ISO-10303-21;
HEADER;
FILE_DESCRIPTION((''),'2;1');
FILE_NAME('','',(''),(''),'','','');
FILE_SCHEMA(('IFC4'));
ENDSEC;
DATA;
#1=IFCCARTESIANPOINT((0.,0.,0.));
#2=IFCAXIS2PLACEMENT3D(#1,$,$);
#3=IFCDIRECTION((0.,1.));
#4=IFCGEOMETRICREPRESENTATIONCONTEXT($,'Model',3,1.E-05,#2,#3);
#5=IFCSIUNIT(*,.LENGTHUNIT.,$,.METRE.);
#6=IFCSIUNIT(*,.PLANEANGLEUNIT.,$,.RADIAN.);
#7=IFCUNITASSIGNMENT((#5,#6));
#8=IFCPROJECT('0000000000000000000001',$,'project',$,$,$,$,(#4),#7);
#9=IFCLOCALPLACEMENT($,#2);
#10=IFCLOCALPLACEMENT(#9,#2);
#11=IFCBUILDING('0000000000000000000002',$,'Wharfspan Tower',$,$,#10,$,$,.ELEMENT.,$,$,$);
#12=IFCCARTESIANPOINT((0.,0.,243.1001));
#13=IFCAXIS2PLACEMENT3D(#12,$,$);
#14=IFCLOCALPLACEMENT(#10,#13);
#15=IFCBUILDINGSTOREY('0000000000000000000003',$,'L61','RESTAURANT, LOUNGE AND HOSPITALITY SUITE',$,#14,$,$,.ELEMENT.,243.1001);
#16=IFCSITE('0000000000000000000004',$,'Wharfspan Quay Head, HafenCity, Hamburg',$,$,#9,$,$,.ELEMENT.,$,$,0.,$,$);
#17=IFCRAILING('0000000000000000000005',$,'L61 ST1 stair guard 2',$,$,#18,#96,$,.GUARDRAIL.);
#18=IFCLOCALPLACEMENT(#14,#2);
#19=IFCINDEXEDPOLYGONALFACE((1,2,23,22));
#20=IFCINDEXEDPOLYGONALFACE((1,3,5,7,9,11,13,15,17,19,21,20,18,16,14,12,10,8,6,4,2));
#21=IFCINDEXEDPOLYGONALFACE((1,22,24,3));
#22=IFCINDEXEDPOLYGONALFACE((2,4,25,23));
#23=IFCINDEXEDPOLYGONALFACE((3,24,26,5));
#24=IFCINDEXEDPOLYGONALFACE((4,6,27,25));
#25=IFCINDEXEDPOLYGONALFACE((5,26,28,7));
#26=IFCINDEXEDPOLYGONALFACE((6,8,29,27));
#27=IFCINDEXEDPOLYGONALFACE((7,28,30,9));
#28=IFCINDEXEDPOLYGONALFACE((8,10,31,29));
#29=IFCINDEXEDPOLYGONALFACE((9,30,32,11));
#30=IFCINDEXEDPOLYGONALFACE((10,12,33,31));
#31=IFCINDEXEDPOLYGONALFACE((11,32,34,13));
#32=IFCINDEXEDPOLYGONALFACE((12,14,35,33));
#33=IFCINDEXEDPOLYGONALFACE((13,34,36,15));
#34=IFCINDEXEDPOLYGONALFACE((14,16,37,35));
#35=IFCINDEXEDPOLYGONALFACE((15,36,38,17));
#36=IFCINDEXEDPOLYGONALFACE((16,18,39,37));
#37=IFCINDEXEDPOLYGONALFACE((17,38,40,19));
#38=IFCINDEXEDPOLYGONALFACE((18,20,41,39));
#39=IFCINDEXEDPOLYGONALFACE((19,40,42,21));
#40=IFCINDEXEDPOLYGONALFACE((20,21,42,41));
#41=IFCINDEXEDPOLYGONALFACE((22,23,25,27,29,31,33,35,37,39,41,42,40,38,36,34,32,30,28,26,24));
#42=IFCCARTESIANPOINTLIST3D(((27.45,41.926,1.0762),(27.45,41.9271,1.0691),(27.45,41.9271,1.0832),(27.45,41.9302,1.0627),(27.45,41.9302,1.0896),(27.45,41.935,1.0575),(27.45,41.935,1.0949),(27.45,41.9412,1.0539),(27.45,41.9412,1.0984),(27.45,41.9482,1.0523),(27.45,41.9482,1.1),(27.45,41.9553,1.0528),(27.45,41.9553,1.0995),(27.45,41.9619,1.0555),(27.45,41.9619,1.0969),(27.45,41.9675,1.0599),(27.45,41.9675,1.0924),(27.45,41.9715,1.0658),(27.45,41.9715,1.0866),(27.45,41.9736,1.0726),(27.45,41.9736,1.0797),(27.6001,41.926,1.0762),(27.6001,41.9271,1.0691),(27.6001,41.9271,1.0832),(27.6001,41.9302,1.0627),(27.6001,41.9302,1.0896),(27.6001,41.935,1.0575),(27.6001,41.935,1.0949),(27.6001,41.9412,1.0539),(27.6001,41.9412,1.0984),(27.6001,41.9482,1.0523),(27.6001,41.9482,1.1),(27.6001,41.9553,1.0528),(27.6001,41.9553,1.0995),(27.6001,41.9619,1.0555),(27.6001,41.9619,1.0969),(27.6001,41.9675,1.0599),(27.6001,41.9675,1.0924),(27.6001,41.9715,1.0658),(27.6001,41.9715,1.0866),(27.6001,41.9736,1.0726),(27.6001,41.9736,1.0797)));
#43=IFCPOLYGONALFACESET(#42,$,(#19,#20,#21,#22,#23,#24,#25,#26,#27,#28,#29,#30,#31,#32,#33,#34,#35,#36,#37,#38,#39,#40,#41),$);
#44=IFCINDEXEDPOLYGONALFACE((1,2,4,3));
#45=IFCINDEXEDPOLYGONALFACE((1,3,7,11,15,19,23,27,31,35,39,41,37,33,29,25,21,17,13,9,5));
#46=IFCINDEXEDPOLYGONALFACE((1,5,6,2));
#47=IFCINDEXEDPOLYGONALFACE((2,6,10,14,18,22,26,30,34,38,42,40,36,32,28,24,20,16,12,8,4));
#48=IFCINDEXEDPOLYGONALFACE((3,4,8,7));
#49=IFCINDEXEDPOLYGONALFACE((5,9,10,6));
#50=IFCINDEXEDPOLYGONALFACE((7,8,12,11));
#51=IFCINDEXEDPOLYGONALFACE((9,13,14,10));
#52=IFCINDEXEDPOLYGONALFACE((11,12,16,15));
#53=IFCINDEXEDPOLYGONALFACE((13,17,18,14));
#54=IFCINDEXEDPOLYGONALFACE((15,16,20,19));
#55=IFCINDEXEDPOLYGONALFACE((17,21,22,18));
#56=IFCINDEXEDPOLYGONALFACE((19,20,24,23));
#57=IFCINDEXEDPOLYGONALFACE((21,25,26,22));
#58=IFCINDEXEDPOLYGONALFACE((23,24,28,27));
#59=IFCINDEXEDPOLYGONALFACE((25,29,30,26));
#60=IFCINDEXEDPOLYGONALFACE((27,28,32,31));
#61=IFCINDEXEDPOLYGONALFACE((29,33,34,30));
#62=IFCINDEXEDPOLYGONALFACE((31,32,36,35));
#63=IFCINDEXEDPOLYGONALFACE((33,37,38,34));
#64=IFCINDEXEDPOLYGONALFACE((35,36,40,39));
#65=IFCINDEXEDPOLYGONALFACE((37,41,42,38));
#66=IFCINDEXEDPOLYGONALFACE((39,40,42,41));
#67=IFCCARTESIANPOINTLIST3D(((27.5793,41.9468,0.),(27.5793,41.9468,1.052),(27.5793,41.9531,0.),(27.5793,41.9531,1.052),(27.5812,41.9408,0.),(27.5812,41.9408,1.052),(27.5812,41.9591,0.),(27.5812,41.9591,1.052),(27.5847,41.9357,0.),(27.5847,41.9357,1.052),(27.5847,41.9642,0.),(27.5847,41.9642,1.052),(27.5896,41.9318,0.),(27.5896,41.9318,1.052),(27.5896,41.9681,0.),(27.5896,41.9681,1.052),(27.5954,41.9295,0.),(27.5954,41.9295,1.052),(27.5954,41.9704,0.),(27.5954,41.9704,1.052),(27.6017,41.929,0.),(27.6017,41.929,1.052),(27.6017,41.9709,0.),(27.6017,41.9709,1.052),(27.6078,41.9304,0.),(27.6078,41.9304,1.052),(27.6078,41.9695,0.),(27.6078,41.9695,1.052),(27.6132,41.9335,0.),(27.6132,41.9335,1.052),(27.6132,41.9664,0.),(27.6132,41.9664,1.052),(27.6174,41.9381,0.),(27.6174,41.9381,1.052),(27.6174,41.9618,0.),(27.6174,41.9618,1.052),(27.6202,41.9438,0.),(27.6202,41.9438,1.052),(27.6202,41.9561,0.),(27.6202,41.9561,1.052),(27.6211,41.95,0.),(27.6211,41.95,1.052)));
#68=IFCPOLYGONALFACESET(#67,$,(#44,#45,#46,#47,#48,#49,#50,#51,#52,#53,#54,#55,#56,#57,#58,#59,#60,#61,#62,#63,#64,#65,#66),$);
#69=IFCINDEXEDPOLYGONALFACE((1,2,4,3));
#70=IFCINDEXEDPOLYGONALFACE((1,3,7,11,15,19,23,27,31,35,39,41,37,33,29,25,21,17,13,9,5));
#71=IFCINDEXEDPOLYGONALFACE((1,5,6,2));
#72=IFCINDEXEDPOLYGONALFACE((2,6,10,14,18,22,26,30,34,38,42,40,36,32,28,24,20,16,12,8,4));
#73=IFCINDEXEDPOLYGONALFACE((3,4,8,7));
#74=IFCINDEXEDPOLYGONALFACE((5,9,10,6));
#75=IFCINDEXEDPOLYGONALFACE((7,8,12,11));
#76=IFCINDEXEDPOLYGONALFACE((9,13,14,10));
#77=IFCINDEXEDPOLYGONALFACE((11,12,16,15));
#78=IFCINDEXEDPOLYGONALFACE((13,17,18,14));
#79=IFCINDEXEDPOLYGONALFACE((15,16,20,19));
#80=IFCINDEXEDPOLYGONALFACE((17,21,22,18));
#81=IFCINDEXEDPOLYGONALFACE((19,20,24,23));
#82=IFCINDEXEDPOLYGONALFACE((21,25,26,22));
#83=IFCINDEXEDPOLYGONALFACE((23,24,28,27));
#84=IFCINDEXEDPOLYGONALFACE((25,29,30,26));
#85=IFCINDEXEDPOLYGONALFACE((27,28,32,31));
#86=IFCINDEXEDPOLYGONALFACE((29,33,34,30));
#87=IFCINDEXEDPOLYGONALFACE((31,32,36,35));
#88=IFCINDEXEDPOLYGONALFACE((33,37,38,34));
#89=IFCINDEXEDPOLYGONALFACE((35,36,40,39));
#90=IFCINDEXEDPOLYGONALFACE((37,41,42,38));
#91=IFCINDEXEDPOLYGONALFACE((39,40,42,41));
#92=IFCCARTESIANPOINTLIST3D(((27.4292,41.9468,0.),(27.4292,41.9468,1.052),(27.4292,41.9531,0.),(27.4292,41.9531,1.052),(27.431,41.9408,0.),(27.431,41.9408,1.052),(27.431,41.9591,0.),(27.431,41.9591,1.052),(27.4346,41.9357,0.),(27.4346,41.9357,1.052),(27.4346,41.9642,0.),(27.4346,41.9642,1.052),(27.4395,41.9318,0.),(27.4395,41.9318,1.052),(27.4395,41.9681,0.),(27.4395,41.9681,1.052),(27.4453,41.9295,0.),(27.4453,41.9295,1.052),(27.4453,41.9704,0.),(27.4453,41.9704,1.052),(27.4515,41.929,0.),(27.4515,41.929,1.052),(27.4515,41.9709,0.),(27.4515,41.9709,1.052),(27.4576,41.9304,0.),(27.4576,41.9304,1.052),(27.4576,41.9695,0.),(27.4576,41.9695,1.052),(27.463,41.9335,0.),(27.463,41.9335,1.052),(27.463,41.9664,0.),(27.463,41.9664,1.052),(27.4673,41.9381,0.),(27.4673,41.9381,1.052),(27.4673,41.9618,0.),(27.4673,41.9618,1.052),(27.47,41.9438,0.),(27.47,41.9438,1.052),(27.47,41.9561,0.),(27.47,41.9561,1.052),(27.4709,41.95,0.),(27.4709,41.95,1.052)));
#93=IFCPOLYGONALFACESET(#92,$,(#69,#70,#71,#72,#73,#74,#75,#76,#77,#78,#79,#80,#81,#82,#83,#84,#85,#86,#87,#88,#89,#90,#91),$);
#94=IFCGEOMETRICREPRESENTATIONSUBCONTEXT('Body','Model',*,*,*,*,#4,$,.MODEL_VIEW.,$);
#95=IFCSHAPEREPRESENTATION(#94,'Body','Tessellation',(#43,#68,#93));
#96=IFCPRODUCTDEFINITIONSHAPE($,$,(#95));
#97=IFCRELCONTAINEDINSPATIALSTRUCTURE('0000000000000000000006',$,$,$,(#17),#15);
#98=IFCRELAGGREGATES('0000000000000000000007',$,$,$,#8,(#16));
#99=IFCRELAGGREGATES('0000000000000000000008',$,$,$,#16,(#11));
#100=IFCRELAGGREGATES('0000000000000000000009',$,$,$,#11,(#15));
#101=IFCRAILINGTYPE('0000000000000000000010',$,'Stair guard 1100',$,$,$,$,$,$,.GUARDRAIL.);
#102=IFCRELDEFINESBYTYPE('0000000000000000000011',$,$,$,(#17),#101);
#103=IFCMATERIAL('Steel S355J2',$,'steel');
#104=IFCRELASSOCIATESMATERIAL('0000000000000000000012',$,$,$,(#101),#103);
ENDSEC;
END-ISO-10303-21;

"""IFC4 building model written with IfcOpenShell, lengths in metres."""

from ifc_helpers import new_model, si_unit, direction, frame, origin, origin_2d, place, context, subcontext, project, spatial, circle, extrude, material, type_object, element, save


model = new_model("IFC4")

# Units and contexts
model_context = context("Model", 3, precision=1e-05, world=origin(), true_north=direction((0.0, 1.0)))
body_context = subcontext(model_context, "Body", "Model", "MODEL_VIEW")
ifc_project = project(units=[si_unit("LENGTHUNIT", "METRE"), si_unit("PLANEANGLEUNIT", "RADIAN")], contexts=[model_context])

# Site, building, storey
site_placement = place(None, origin())
site = spatial("IfcSite", under=ifc_project, at=site_placement, Name="Wharfspan Quay Head, HafenCity, Hamburg", CompositionType="ELEMENT", RefElevation=0.0)
building_placement = place(site_placement, origin())
building = spatial("IfcBuilding", under=site, at=building_placement, Name="Wharfspan Tower", CompositionType="ELEMENT")
storey_placement = place(building_placement, frame((0.0, 0.0, 243.1001)))
storey = spatial("IfcBuildingStorey", under=building, at=storey_placement, Name="L61", Description="RESTAURANT, LOUNGE AND HOSPITALITY SUITE", CompositionType="ELEMENT", Elevation=243.1001)

# Shared definitions
ifc_material_1 = material(Name="Steel S355J2", Category="steel")

# Railing
railing_type_1 = type_object("IfcRailingType", Name="Stair guard 1100", PredefinedType="GUARDRAIL", material=ifc_material_1)
railing_1_placement = place(storey_placement, frame((27.6001, 41.95, 0.0)))
element("IfcRailing", 1, at=railing_1_placement, inside=storey, type_object=railing_type_1, Name="L61 ST1 stair guard 2", PredefinedType="GUARDRAIL", context=body_context, shape_type="SweptSolid", body=[
    extrude(circle(Radius=0.0239, at=origin_2d()), frame((0.0, 0.0, 1.0762), z_axis=(-1.0, 0.0, 0.0), x_axis=(0.0, -1.0, 0.0)), (0.0, 0.0, 1.0), 0.1501),
    extrude(circle(Radius=0.021, at=origin_2d()), origin(), (0.0, 0.0, 1.0), 1.052),
    extrude(circle(Radius=0.021, at=origin_2d()), frame((-0.1501, 0.0, 0.0)), (0.0, 0.0, 1.0), 1.052),
])

save(model, "model.ifc")
